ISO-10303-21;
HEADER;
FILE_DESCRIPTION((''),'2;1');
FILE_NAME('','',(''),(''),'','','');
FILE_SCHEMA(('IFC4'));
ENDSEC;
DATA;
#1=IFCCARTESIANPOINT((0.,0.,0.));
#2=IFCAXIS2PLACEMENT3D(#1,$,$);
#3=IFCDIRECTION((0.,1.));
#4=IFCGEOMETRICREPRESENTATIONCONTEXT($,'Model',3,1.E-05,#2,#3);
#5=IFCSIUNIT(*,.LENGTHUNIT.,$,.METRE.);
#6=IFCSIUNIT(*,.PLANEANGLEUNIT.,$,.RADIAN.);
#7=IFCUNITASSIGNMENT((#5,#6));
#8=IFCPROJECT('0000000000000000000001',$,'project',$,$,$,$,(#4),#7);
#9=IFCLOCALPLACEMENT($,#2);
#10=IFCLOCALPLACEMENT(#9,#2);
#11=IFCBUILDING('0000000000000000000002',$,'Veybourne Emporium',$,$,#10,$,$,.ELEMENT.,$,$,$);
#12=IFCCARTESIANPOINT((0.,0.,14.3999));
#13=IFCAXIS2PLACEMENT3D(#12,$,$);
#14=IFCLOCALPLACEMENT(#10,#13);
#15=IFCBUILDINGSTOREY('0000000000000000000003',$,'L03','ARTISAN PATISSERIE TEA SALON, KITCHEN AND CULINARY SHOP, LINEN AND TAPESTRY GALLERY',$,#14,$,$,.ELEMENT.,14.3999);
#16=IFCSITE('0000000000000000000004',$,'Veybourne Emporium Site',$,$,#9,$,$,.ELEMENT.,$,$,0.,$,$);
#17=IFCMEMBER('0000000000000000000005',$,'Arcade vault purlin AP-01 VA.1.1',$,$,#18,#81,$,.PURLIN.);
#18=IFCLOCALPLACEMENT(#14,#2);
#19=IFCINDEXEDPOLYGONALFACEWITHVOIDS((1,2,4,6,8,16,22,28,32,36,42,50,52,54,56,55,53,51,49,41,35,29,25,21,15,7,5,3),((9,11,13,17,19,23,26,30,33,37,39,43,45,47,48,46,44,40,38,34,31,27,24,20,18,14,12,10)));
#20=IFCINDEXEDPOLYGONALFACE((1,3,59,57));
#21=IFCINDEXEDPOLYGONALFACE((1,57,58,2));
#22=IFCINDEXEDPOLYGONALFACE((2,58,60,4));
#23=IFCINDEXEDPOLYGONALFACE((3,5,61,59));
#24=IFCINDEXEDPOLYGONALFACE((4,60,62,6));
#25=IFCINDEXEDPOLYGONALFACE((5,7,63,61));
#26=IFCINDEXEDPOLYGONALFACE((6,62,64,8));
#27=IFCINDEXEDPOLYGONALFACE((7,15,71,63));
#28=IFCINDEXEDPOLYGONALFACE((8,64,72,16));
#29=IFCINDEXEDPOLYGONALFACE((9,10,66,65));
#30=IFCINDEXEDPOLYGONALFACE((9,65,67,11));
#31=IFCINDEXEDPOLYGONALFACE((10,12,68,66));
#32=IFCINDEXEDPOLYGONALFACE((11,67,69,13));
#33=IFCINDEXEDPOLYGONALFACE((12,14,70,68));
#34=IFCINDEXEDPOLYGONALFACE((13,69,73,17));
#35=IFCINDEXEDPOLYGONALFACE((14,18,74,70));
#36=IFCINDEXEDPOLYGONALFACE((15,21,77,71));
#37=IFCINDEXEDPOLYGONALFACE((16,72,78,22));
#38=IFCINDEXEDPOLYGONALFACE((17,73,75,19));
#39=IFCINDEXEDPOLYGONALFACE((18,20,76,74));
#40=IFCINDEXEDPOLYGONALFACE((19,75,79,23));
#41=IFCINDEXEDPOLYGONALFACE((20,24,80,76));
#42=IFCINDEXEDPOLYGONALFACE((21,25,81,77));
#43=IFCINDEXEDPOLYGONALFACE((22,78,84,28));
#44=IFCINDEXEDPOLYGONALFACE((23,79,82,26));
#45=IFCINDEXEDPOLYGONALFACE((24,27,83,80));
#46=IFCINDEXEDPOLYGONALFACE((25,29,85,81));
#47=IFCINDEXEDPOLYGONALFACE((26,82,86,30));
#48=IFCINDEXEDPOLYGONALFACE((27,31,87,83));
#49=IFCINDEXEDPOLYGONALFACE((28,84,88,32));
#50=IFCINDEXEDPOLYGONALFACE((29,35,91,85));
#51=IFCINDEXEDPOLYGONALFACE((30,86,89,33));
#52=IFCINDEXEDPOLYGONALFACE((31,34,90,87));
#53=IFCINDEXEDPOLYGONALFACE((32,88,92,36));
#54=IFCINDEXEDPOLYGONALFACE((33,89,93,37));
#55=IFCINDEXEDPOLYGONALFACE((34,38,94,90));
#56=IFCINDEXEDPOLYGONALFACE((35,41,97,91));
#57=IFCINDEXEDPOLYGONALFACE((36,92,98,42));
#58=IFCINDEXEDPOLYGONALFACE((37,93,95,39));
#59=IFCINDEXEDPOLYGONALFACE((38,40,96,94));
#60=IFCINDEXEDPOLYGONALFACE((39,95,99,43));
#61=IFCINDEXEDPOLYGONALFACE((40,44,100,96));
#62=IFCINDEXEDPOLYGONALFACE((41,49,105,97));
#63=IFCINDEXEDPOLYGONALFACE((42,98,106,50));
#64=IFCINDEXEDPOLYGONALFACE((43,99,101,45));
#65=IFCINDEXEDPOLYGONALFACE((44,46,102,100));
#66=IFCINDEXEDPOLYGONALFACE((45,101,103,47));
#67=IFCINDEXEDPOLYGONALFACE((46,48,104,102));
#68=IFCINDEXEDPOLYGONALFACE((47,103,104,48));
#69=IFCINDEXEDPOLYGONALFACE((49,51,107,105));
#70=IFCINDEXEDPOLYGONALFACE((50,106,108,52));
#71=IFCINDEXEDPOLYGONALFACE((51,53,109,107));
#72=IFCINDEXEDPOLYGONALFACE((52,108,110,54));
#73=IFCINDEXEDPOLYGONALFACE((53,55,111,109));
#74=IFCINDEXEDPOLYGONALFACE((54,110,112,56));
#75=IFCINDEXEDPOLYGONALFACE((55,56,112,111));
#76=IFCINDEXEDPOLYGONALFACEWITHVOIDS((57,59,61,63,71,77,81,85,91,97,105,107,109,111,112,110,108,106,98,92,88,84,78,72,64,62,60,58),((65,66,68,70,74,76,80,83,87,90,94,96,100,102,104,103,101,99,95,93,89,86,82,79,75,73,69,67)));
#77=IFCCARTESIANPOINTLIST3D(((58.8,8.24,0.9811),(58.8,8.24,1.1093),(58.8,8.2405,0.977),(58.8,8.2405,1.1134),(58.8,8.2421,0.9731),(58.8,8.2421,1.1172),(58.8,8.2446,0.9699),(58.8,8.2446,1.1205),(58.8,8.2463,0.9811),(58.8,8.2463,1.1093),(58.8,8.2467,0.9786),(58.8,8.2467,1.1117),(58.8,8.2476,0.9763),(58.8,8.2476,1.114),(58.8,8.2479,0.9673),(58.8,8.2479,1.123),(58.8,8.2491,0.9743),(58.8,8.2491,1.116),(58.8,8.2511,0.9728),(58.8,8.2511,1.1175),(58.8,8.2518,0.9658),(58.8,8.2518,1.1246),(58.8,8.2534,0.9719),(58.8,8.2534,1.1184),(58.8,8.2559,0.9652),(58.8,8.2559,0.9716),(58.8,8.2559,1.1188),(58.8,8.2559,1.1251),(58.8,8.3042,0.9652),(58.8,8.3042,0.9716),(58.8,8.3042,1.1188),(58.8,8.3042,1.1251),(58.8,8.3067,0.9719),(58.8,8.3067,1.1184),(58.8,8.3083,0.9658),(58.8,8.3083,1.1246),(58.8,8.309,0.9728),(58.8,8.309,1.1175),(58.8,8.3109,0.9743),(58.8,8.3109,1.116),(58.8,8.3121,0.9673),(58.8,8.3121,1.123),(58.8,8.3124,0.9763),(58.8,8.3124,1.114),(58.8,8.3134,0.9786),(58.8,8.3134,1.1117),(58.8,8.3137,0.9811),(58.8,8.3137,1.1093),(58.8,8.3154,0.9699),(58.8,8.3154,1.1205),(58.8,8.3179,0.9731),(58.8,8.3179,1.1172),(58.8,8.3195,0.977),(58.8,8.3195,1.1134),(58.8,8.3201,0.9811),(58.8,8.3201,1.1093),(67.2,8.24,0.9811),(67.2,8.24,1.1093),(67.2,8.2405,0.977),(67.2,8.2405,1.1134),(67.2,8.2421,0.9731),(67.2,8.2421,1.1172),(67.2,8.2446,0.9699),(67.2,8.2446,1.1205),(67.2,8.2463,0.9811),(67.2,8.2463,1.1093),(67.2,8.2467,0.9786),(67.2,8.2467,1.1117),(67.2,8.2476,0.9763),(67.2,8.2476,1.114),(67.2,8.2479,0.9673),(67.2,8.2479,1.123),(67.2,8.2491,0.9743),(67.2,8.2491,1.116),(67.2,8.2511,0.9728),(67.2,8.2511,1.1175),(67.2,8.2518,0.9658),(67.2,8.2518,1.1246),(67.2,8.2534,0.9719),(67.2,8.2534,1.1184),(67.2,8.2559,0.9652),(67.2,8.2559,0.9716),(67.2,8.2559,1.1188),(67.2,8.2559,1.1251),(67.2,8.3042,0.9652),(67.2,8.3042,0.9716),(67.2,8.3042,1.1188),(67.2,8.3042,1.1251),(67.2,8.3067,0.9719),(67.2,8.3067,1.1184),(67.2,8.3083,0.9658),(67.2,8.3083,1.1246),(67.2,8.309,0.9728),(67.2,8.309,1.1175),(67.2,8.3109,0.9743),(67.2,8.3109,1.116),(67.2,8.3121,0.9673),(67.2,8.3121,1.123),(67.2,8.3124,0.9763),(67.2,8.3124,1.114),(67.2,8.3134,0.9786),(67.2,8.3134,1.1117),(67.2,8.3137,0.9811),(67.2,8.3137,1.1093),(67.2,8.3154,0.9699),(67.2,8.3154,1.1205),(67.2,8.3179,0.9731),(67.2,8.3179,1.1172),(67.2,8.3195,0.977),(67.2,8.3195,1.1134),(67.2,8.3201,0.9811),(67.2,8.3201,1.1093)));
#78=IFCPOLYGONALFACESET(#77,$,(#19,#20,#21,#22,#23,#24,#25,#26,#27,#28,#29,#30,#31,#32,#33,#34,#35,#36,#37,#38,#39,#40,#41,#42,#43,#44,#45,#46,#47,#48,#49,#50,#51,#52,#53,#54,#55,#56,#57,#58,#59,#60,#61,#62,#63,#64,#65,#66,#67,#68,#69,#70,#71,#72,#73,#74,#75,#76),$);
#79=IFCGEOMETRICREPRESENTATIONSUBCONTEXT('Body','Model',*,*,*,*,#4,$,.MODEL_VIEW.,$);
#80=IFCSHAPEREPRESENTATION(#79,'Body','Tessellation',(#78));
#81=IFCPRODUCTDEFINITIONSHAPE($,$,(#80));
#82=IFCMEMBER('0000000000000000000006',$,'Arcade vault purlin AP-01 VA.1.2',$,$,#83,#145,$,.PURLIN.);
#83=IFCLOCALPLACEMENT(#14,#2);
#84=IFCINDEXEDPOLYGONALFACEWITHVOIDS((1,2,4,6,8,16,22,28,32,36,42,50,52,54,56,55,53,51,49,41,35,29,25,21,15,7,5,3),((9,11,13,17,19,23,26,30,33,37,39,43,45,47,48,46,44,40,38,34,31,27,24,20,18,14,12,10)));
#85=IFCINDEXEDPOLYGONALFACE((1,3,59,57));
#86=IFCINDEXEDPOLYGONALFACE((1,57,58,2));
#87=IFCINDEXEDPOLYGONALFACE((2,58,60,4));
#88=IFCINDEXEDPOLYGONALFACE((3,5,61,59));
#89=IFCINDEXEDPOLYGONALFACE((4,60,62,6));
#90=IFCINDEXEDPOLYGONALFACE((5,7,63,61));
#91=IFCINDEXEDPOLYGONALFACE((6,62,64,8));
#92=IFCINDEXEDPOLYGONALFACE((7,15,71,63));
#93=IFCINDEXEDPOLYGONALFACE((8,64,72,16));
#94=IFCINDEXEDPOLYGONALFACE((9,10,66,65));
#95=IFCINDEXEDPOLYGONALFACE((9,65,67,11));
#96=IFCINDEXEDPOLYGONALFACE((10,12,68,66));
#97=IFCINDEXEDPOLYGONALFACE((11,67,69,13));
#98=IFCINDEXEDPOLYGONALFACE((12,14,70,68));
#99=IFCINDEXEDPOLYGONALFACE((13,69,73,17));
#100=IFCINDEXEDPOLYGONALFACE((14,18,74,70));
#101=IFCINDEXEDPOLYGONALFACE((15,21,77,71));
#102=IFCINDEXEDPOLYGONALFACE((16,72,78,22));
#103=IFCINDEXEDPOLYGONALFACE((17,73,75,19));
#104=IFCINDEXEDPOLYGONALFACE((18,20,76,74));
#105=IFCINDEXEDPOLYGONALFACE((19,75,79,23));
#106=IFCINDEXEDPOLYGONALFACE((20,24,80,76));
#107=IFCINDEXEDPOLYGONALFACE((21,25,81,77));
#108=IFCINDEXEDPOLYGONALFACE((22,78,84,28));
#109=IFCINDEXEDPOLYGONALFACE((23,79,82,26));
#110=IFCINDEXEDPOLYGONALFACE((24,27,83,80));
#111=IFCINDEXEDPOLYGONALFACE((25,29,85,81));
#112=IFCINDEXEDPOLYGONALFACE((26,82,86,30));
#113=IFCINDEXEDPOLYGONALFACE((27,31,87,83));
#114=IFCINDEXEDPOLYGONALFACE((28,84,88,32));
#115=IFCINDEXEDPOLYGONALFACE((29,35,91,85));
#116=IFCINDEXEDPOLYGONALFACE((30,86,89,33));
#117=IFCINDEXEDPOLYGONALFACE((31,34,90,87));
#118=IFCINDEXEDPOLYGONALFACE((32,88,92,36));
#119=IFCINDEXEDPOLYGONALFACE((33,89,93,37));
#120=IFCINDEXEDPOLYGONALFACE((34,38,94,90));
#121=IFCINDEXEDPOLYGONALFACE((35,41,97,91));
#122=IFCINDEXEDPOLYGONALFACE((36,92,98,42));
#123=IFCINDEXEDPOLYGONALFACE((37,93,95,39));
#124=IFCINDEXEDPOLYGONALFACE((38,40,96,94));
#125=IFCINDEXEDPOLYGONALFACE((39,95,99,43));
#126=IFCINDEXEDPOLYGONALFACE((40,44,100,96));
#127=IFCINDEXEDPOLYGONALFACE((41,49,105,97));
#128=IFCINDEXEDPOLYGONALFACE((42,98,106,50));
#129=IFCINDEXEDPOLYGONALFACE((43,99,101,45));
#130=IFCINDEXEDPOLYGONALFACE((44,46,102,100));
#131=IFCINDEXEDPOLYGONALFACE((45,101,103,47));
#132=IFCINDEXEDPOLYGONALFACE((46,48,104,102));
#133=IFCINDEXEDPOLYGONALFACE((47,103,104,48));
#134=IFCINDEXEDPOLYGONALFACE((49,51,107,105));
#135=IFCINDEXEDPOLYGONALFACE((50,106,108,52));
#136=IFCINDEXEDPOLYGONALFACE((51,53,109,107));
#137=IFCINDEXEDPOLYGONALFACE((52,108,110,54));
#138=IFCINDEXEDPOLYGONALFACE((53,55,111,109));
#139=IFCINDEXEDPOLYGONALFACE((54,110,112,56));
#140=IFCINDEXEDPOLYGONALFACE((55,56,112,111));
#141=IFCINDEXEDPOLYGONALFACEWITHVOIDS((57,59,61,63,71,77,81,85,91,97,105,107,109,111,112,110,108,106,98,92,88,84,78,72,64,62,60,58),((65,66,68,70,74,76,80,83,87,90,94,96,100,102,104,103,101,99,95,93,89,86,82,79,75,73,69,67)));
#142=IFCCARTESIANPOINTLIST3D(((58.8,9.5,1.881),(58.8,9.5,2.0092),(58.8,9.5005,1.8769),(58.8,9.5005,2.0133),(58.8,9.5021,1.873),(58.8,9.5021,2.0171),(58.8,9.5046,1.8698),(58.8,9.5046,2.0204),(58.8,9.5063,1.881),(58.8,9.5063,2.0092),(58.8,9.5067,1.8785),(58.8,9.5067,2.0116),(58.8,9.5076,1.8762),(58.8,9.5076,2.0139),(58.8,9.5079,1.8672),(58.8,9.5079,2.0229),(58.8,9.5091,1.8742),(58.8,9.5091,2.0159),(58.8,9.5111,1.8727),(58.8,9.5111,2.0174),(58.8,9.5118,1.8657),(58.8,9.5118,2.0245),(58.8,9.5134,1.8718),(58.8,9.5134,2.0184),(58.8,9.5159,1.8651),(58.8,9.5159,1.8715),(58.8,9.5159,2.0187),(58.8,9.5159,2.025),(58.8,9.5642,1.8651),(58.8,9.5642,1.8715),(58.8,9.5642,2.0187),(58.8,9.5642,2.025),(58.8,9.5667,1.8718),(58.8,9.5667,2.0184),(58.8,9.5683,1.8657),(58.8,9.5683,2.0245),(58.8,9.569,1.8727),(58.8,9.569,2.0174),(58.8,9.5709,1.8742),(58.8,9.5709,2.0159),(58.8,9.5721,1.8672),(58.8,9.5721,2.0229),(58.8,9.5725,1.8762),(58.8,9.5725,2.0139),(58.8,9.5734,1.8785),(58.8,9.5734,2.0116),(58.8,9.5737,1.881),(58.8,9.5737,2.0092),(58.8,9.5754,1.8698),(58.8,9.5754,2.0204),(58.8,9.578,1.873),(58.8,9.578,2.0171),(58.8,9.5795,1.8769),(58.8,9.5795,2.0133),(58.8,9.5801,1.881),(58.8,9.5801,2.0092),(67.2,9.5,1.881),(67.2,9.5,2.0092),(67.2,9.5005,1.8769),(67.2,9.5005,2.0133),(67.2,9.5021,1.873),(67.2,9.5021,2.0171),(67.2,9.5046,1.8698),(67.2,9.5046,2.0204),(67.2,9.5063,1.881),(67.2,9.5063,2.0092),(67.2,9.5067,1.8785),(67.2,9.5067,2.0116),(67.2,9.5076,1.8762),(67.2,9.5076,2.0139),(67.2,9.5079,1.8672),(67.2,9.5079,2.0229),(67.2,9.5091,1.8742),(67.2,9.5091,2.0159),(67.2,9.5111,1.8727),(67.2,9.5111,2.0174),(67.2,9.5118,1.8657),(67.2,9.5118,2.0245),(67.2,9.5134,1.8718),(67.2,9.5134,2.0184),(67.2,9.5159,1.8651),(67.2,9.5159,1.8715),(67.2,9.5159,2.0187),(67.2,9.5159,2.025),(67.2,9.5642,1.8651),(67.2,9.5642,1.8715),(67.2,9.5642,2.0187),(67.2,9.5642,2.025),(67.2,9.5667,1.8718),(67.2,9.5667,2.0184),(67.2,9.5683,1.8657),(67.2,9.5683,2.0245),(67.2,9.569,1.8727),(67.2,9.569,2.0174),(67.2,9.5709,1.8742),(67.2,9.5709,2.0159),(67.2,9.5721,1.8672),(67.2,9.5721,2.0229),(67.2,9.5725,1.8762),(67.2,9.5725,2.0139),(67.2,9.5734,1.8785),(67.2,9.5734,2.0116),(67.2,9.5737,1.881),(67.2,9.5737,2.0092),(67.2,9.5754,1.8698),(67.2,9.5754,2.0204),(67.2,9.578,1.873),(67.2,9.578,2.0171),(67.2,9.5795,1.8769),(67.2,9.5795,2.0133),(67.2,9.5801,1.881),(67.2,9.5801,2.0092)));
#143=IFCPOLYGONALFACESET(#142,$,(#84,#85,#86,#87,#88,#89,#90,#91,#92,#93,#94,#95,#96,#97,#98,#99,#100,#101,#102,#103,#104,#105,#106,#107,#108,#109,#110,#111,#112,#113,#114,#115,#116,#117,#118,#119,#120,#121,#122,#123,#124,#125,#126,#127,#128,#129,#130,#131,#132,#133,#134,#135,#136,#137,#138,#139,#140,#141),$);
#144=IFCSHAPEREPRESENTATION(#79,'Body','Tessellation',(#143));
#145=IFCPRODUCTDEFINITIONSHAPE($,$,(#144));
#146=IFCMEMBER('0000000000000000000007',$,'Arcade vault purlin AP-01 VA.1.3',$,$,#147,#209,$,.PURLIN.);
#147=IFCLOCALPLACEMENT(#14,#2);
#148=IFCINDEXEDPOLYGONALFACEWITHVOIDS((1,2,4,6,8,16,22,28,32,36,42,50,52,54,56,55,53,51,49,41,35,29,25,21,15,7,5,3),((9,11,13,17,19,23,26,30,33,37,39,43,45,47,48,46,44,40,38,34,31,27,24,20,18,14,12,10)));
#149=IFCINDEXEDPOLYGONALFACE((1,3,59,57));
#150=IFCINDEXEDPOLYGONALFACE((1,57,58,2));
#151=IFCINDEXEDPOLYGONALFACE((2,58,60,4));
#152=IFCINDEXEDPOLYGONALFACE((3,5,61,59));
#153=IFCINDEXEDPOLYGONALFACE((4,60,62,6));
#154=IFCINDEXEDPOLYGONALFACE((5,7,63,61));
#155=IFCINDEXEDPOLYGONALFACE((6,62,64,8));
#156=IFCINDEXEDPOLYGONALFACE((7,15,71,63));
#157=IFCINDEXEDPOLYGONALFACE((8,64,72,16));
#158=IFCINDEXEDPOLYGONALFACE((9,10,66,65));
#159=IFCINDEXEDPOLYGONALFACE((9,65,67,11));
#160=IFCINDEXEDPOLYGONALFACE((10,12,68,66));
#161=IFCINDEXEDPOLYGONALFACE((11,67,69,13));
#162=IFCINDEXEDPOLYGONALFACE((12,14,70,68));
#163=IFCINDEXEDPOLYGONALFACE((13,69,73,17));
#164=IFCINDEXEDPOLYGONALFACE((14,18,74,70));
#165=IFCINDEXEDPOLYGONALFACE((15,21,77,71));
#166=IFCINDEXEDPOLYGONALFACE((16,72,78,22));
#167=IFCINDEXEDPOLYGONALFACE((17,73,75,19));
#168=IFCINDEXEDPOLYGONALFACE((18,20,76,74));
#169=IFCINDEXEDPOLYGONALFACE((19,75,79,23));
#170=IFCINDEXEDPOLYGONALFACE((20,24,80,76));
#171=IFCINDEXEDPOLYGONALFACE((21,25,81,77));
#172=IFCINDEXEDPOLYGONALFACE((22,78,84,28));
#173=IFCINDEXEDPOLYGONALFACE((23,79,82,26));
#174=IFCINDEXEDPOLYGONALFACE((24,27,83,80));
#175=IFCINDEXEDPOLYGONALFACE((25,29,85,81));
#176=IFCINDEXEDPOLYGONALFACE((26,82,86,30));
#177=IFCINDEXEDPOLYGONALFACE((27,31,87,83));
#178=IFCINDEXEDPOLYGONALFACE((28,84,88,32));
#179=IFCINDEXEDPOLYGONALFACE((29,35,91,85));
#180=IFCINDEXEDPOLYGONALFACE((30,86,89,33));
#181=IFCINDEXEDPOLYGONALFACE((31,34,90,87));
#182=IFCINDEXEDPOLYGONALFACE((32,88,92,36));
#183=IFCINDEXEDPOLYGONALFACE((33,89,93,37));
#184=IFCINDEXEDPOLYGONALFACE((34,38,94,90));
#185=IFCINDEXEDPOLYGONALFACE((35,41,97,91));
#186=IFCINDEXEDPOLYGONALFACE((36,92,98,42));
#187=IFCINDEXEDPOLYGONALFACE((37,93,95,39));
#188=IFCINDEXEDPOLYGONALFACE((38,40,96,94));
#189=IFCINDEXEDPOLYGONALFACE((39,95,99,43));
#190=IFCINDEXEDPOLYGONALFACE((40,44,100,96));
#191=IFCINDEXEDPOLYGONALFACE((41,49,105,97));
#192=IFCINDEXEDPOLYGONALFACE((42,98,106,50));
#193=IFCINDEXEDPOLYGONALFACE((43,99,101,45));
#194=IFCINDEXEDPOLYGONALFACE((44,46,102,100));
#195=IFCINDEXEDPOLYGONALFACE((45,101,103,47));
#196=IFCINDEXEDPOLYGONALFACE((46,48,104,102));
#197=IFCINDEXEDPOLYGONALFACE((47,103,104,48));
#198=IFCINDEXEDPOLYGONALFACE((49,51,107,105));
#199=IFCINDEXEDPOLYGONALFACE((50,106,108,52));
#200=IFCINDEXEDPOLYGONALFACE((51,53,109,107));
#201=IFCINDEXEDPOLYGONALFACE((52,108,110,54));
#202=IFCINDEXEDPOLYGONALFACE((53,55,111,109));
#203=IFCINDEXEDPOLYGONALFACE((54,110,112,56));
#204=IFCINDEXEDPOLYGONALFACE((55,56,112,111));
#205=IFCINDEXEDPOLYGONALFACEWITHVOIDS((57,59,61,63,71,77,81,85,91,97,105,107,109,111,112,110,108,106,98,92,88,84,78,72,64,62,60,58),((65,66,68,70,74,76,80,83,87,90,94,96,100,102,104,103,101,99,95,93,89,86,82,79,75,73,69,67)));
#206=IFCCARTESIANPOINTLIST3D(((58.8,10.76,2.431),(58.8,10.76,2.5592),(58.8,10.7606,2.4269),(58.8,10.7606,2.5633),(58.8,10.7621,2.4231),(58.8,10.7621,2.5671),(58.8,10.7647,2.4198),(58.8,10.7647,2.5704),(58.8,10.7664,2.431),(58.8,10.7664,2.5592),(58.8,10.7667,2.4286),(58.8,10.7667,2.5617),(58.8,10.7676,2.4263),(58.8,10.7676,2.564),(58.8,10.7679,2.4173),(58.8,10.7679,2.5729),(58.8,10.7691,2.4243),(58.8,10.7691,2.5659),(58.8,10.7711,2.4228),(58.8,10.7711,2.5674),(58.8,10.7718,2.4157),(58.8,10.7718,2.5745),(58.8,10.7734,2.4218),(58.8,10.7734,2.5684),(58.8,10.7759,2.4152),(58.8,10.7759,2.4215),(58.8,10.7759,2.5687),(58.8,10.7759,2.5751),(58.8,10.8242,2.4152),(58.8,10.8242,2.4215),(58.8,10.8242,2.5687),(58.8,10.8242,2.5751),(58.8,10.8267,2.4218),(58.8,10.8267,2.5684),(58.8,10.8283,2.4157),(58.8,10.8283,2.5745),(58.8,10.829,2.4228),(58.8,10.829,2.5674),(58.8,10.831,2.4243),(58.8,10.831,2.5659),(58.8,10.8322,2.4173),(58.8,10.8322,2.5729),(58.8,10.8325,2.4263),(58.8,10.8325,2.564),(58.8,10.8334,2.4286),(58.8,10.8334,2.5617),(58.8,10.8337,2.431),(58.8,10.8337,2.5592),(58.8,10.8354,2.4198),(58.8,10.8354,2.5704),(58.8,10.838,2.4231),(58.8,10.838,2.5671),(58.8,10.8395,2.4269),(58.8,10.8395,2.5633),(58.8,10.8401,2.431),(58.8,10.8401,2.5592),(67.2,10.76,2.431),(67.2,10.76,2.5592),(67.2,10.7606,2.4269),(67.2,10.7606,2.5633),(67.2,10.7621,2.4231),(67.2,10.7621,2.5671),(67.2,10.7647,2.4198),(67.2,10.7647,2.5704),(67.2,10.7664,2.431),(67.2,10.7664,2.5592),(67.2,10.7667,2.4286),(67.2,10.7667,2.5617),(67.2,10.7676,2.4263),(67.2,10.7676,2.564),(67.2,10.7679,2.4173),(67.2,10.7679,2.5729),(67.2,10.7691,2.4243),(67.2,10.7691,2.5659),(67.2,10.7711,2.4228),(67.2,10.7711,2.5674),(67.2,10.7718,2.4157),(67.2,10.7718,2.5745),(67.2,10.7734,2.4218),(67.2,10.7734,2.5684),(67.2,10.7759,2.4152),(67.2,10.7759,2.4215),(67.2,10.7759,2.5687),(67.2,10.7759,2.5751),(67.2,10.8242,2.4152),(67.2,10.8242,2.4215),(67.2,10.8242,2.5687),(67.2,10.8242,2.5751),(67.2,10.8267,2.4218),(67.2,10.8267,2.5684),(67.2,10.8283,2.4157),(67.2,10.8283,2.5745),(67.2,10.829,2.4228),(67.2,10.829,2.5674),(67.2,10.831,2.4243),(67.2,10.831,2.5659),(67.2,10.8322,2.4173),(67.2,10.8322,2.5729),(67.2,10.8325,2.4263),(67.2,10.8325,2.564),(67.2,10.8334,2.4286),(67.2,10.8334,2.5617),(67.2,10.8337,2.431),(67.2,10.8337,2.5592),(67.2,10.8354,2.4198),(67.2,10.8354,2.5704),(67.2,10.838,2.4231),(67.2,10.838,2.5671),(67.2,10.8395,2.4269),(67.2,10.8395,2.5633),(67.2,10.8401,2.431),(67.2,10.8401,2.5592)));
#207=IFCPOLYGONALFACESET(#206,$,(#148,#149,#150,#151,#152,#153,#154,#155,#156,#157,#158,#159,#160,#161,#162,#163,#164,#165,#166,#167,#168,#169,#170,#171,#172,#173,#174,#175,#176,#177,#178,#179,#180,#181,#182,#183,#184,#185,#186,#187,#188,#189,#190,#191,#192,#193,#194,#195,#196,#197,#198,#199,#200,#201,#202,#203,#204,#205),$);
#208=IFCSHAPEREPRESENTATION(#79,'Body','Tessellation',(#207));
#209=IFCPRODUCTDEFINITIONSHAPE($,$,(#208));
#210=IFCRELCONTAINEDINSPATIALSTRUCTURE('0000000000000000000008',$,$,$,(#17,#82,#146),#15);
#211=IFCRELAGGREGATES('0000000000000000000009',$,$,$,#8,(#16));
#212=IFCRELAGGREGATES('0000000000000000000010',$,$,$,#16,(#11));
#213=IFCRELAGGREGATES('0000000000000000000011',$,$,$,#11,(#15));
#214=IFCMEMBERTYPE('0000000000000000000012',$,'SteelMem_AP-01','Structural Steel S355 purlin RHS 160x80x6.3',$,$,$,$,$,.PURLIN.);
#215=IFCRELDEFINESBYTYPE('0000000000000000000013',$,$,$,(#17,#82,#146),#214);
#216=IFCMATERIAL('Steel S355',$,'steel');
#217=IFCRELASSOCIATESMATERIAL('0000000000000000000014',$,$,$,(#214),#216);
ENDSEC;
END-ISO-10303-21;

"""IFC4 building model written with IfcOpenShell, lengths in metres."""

from ifc_helpers import new_model, si_unit, direction, frame, origin, origin_2d, place, context, subcontext, project, spatial, hollow_rectangle, extrude, material, material_profile, profile_set, type_object, element, save


model = new_model("IFC4")

# Units and contexts
model_context = context("Model", 3, precision=1e-05, world=origin(), true_north=direction((0.0, 1.0)))
body_context = subcontext(model_context, "Body", "Model", "MODEL_VIEW")
ifc_project = project(units=[si_unit("LENGTHUNIT", "METRE"), si_unit("PLANEANGLEUNIT", "RADIAN")], contexts=[model_context])

# Site, building, storey
site_placement = place(None, origin())
site = spatial("IfcSite", under=ifc_project, at=site_placement, Name="Veybourne Emporium Site", CompositionType="ELEMENT", RefElevation=0.0)
building_placement = place(site_placement, origin())
building = spatial("IfcBuilding", under=site, at=building_placement, Name="Veybourne Emporium", CompositionType="ELEMENT")
storey_placement = place(building_placement, frame((0.0, 0.0, 14.3999)))
storey = spatial("IfcBuildingStorey", under=building, at=storey_placement, Name="L03", Description="ARTISAN PATISSERIE TEA SALON, KITCHEN AND CULINARY SHOP, LINEN AND TAPESTRY GALLERY", CompositionType="ELEMENT", Elevation=14.3999)

# Shared definitions
ifc_material_1 = material(Name="Steel S355", Category="steel")

# Members
ifc_material_profile_1 = material_profile(ifc_material_1, hollow_rectangle(XDim=0.0801, YDim=0.1599, WallThickness=0.0063, InnerFilletRadius=0.0095, OuterFilletRadius=0.0159, at=origin_2d()), Name="RHS 160x80x6.3")
ifc_profile_set_1 = profile_set([ifc_material_profile_1], Name="Steel S355")
member_type_1 = type_object("IfcMemberType", Name="SteelMem_AP-01", Description="Structural Steel S355 purlin RHS 160x80x6.3", PredefinedType="PURLIN", material=ifc_profile_set_1)
for number, where, z_axis, x_axis, name in (
    (1, (58.8, 8.28, 1.0452), (1.0, 0.0, 0.0), (0.0, 1.0, 0.0), "Arcade vault purlin AP-01 VA.1.1"),
    (2, (58.8, 9.54, 1.9451), (1.0, 0.0, 0.0), (0.0, 1.0, 0.0), "Arcade vault purlin AP-01 VA.1.2"),
    (3, (58.8, 10.8, 2.4951), (1.0, 0.0, 0.0), (0.0, 1.0, 0.0), "Arcade vault purlin AP-01 VA.1.3"),
):
    element("IfcMember", number, at=place(storey_placement, frame(where, z_axis=z_axis, x_axis=x_axis)), inside=storey, type_object=member_type_1, Name=name, PredefinedType="PURLIN", context=body_context, shape_type="SweptSolid", body=[
        extrude(hollow_rectangle(XDim=0.0801, YDim=0.1599, WallThickness=0.0063, InnerFilletRadius=0.0095, OuterFilletRadius=0.0159, at=origin_2d()), origin(), (0.0, 0.0, 1.0), 8.3999),
    ])

save(model, "model.ifc")
